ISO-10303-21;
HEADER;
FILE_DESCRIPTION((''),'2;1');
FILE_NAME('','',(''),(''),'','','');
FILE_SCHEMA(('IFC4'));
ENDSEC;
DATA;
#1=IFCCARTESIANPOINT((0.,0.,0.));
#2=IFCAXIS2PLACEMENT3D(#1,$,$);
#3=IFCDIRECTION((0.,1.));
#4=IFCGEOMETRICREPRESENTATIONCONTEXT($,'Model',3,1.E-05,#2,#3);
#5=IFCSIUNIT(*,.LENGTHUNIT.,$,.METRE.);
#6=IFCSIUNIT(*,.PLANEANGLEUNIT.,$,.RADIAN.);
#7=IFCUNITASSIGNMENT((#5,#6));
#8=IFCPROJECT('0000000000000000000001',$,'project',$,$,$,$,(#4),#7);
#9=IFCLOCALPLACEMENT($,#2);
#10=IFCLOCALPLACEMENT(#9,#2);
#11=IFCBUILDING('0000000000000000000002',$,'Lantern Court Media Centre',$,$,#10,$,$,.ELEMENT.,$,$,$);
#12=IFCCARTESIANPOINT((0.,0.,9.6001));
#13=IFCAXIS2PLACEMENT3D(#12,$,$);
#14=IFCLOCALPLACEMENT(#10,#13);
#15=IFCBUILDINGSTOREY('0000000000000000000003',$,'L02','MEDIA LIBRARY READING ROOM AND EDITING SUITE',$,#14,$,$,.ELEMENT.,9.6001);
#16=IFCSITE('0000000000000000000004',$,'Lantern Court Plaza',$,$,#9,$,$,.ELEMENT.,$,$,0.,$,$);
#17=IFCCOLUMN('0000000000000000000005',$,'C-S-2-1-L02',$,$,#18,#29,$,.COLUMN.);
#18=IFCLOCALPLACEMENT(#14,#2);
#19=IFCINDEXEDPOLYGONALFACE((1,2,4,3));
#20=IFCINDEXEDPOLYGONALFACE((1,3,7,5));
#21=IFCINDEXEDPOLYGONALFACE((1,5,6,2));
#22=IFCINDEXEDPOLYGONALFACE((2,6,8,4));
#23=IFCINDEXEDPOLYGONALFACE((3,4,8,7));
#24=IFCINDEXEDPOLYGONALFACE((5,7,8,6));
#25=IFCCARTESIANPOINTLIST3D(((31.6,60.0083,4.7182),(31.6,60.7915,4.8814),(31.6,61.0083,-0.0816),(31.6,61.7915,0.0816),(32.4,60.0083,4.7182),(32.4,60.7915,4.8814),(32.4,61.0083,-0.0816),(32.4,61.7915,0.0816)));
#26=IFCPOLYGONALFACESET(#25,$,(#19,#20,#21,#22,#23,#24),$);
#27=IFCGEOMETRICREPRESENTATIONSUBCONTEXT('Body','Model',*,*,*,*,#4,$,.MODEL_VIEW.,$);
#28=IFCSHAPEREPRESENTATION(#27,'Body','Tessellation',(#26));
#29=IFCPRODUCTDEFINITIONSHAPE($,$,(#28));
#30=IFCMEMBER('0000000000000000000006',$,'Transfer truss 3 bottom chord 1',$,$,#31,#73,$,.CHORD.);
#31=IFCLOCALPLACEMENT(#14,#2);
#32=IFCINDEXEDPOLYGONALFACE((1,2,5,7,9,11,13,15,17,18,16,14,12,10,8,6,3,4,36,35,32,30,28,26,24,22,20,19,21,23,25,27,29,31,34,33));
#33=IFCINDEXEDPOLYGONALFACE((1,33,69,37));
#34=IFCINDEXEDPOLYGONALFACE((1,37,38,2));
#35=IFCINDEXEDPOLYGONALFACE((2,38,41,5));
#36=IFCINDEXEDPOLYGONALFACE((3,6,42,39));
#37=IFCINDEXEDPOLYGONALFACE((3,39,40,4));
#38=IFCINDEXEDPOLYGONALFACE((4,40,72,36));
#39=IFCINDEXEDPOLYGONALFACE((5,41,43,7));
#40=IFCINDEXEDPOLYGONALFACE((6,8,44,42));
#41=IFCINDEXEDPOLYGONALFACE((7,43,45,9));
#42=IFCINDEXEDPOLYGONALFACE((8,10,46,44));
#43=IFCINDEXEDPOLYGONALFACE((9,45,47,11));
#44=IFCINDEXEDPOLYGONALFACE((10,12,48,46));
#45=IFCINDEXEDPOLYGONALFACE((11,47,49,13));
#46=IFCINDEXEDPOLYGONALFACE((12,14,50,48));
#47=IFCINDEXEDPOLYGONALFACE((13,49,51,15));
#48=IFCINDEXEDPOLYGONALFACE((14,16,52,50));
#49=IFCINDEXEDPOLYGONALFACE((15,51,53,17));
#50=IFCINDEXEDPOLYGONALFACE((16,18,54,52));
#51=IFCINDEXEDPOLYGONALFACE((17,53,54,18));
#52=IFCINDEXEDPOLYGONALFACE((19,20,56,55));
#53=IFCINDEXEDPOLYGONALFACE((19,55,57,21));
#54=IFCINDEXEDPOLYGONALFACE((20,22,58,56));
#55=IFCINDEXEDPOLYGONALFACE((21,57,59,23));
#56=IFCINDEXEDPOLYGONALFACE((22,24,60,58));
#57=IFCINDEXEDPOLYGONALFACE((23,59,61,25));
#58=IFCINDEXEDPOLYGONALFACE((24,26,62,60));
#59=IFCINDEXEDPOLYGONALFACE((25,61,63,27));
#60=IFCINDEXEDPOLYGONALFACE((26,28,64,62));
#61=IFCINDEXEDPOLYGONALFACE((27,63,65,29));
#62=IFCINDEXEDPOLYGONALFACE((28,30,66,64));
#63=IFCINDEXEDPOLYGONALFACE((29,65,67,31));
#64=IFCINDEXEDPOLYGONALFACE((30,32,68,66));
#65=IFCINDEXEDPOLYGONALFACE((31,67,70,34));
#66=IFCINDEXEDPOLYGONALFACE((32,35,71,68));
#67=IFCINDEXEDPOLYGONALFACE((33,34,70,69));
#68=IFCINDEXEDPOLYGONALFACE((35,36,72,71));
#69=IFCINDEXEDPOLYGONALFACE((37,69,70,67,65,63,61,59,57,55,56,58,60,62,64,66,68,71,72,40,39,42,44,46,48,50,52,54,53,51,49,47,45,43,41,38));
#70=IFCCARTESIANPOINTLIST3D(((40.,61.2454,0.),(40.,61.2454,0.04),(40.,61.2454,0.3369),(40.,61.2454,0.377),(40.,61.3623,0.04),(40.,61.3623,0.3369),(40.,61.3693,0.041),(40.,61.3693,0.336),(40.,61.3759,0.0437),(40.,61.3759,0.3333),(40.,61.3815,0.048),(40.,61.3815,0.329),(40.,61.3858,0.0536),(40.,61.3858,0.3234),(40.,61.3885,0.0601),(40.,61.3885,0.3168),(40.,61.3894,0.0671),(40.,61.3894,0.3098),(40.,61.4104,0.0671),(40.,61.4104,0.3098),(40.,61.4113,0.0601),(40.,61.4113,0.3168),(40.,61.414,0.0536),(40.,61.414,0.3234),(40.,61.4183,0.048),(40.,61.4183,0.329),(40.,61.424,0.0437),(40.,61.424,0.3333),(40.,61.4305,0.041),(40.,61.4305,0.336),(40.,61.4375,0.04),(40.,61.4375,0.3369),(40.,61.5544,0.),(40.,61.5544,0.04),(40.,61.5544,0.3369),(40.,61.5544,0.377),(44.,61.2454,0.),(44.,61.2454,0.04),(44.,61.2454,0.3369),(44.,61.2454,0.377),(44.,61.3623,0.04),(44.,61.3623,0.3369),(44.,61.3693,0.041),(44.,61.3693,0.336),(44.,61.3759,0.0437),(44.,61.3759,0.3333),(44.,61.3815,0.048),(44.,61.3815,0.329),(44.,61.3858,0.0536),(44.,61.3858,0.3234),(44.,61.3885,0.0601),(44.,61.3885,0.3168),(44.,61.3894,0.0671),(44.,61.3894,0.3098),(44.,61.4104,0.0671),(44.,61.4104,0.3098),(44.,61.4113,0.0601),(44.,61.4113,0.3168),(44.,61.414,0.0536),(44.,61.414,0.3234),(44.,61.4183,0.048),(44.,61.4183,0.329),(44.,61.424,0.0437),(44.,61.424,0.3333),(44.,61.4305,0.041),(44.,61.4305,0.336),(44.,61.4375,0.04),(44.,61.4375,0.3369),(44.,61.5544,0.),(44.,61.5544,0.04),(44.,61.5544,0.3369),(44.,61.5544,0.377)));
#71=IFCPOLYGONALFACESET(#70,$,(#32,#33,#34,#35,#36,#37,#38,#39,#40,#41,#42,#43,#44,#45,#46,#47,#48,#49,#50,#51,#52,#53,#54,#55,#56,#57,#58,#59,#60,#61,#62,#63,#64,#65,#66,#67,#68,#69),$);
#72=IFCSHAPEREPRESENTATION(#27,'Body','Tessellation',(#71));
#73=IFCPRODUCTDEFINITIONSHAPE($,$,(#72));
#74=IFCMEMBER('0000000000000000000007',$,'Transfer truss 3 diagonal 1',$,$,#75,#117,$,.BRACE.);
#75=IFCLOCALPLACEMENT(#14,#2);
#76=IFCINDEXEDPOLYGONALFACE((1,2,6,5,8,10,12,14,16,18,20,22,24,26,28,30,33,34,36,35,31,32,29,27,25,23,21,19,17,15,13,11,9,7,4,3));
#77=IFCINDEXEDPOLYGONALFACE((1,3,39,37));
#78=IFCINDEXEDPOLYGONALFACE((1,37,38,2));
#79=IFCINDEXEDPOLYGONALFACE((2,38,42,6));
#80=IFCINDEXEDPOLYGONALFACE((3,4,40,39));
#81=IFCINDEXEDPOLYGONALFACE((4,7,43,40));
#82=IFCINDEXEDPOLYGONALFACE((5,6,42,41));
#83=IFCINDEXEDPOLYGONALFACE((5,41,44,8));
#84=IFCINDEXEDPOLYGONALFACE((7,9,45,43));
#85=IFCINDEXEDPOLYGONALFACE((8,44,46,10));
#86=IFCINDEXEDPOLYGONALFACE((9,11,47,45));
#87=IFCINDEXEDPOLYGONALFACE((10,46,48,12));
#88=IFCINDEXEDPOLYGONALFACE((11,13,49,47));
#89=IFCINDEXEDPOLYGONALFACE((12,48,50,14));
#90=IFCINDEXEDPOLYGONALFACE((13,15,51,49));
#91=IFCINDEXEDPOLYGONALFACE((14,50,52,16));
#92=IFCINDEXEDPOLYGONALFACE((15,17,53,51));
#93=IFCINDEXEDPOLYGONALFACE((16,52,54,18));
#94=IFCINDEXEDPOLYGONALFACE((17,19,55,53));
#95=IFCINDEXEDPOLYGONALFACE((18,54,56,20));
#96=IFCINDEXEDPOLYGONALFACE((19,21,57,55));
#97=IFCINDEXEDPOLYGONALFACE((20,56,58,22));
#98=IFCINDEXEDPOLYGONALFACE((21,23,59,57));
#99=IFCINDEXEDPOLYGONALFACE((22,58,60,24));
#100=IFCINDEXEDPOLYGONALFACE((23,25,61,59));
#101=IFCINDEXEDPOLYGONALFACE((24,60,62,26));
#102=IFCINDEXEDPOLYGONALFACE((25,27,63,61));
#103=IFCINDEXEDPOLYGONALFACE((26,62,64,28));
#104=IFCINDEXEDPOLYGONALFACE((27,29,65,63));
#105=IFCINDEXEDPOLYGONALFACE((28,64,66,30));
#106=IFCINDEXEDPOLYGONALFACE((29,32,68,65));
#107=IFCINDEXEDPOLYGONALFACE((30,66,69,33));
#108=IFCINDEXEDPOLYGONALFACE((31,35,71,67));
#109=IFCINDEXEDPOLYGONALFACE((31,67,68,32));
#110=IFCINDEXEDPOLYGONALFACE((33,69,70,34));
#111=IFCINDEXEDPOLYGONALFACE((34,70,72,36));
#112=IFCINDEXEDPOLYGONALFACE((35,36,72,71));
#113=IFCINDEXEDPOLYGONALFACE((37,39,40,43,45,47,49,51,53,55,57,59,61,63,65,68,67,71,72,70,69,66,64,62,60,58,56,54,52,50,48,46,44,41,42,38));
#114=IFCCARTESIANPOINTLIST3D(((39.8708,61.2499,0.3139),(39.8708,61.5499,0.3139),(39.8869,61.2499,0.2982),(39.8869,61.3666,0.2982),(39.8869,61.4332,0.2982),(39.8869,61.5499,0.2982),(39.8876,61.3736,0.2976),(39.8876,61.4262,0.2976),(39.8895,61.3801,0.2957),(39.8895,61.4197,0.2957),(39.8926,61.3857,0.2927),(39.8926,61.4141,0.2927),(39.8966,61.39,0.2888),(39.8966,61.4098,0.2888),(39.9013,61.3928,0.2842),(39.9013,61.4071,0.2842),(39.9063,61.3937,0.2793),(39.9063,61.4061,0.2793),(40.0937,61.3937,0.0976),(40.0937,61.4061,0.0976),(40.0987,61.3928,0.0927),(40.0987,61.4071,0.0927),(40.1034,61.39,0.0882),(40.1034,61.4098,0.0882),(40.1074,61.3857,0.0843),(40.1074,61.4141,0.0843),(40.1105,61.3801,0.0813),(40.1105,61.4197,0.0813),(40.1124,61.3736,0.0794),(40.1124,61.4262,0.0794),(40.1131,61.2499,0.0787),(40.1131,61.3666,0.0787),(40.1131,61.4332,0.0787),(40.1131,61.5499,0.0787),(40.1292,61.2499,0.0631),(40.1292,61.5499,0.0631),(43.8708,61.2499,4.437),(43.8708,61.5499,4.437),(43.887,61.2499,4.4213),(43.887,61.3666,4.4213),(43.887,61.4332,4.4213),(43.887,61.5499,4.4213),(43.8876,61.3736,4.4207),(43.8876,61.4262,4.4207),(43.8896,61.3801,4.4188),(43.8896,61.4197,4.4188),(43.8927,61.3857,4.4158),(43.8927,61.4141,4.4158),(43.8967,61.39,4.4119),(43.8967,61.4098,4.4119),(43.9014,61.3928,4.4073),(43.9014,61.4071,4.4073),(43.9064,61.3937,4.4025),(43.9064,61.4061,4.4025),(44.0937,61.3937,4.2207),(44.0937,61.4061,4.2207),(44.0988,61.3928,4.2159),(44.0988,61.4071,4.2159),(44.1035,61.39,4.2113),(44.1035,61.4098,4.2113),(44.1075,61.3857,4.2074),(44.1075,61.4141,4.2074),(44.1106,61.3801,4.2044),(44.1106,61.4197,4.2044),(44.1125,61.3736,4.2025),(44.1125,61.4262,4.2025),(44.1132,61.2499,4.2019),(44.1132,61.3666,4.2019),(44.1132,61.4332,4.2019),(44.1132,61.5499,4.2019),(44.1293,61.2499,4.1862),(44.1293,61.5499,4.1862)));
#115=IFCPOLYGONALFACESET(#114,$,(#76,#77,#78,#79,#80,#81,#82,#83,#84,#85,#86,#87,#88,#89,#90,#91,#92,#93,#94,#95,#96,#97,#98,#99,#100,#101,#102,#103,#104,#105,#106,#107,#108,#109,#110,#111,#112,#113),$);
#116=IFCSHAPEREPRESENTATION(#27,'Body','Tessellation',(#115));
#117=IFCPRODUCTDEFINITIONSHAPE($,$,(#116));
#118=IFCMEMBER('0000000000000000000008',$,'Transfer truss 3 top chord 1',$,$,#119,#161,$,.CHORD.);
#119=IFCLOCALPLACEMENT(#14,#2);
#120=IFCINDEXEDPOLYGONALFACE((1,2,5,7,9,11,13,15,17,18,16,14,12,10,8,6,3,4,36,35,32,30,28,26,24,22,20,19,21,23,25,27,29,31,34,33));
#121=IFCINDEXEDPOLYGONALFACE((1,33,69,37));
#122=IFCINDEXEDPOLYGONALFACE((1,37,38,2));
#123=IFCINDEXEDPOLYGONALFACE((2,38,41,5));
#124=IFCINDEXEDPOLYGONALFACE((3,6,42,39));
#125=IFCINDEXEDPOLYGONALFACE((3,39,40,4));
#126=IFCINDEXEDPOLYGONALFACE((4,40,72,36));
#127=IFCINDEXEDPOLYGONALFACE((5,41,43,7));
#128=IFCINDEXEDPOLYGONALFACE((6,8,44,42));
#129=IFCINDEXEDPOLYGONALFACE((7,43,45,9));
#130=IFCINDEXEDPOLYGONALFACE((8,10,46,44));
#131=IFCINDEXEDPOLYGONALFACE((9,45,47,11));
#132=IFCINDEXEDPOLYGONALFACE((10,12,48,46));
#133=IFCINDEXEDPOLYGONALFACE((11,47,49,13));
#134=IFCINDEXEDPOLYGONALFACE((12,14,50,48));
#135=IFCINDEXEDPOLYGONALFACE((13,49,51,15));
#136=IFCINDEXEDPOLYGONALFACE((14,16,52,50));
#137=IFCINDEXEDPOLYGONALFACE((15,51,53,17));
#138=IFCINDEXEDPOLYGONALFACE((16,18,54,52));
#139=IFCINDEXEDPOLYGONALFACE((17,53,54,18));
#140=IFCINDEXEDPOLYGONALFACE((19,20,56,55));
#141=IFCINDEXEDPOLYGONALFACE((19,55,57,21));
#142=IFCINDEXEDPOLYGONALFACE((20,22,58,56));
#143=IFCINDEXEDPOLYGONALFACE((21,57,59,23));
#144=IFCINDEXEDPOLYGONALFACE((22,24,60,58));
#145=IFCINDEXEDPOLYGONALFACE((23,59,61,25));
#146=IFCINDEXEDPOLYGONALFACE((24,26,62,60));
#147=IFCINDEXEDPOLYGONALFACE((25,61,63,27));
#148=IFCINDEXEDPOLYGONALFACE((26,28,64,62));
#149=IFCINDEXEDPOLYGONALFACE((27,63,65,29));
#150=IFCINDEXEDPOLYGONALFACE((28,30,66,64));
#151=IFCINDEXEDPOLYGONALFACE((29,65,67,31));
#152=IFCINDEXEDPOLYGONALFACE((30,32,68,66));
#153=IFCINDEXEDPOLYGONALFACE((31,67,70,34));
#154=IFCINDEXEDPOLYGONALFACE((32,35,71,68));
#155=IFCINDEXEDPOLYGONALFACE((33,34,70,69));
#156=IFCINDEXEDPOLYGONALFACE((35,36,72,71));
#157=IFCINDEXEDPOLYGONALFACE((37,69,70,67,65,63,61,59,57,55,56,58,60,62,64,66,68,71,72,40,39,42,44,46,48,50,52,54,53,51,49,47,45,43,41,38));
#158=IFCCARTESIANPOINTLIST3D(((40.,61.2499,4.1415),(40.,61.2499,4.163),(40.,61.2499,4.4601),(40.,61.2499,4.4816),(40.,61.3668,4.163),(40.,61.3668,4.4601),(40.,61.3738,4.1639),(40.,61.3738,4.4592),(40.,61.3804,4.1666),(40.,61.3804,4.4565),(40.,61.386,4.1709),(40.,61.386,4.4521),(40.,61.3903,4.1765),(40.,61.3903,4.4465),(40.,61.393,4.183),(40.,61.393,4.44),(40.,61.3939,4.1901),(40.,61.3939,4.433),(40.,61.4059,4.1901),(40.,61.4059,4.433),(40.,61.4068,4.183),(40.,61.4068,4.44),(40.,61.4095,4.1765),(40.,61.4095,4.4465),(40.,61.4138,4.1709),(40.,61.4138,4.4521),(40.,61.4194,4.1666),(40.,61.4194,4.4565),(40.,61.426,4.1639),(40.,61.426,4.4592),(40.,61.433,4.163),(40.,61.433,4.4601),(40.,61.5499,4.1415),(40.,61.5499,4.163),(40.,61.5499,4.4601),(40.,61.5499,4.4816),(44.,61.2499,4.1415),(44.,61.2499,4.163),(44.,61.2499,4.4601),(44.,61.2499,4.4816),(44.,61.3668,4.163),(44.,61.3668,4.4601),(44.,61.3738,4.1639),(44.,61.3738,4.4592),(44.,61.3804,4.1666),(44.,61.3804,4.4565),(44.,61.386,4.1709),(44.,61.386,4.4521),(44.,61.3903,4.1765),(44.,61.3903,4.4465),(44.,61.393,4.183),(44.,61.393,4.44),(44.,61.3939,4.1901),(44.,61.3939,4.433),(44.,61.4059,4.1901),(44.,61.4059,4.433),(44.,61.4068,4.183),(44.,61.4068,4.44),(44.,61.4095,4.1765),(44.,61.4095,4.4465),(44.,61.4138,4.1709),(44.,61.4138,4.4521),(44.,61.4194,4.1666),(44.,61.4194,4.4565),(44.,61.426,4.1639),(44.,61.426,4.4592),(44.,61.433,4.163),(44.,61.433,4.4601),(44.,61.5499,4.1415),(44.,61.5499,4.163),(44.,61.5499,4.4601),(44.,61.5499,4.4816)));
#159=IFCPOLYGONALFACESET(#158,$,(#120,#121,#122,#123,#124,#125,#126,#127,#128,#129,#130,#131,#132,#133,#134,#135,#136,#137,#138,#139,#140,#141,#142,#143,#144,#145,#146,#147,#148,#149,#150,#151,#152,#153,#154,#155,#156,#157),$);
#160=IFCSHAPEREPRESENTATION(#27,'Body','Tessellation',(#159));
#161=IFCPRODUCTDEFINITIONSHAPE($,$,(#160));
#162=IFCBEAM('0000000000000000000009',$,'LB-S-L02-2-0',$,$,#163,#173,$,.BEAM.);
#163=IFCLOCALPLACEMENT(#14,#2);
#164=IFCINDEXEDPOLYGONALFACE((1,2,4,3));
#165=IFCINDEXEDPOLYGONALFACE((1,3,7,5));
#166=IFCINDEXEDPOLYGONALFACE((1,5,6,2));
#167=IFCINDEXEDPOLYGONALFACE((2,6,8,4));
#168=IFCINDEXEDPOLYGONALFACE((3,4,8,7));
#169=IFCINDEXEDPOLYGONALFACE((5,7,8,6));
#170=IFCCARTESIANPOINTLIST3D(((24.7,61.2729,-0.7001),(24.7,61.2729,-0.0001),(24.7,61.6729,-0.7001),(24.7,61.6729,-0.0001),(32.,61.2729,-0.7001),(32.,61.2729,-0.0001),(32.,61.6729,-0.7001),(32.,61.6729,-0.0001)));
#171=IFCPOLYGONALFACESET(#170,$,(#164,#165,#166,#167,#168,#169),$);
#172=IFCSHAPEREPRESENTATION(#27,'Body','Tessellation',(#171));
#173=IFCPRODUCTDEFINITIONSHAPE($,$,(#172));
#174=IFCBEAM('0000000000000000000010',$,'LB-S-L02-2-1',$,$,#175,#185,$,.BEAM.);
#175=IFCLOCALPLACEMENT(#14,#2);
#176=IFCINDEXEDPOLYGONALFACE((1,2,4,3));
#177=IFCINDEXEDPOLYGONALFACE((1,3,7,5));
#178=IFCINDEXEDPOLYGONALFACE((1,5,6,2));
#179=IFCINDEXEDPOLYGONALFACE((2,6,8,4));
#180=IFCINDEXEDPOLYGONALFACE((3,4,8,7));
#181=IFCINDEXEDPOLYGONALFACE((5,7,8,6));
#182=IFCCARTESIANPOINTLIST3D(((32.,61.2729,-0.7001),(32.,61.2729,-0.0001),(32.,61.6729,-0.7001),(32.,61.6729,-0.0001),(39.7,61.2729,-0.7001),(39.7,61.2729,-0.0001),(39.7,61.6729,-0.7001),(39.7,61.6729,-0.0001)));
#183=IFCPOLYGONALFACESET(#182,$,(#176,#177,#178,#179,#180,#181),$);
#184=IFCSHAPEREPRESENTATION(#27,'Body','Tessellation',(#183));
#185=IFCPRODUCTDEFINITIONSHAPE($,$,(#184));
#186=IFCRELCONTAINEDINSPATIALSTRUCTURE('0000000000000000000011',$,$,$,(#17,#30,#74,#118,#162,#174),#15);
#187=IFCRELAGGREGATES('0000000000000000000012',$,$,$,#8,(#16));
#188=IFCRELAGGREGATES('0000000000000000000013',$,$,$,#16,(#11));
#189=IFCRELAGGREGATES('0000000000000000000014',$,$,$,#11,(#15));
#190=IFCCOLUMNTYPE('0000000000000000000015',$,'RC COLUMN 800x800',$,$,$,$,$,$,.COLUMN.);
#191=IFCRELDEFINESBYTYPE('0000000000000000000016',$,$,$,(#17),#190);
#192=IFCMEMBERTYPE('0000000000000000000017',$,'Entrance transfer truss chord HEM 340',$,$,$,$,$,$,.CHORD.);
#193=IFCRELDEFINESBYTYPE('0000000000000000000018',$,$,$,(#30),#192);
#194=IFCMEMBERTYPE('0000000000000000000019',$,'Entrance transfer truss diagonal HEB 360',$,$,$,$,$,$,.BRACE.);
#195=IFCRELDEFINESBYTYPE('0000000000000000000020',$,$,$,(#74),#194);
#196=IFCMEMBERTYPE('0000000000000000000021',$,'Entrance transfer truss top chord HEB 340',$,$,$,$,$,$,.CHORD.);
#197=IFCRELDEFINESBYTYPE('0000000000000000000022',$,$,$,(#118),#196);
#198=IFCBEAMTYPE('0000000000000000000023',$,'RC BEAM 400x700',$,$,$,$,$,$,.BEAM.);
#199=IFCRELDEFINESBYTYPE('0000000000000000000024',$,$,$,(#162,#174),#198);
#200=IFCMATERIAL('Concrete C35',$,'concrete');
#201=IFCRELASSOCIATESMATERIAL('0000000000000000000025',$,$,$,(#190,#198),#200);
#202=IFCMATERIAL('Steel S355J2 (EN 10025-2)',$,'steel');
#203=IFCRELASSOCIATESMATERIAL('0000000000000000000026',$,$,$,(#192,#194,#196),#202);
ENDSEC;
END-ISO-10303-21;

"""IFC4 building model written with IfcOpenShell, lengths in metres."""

from ifc_helpers import new_model, si_unit, direction, frame, origin, origin_2d, place, context, subcontext, project, spatial, rectangle, i_section, extrude, material, material_profile, profile_set, type_object, element, save


model = new_model("IFC4")

# Units and contexts
model_context = context("Model", 3, precision=1e-05, world=origin(), true_north=direction((0.0, 1.0)))
body_context = subcontext(model_context, "Body", "Model", "MODEL_VIEW")
ifc_project = project(units=[si_unit("LENGTHUNIT", "METRE"), si_unit("PLANEANGLEUNIT", "RADIAN")], contexts=[model_context])

# Site, building, storey
site_placement = place(None, origin())
site = spatial("IfcSite", under=ifc_project, at=site_placement, Name="Lantern Court Plaza", CompositionType="ELEMENT", RefElevation=0.0)
building_placement = place(site_placement, origin())
building = spatial("IfcBuilding", under=site, at=building_placement, Name="Lantern Court Media Centre", CompositionType="ELEMENT")
storey_placement = place(building_placement, frame((0.0, 0.0, 9.6001)))
storey = spatial("IfcBuildingStorey", under=building, at=storey_placement, Name="L02", Description="MEDIA LIBRARY READING ROOM AND EDITING SUITE", CompositionType="ELEMENT", Elevation=9.6001)

# Column
ifc_material_1 = material(Name="Concrete C35", Category="concrete")
ifc_material_profile_1 = material_profile(ifc_material_1, rectangle(XDim=0.8, YDim=0.8, at=origin_2d()), Name="RC 800x800")
ifc_profile_set_1 = profile_set([ifc_material_profile_1], Name="Concrete C35")
column_type = type_object("IfcColumnType", Name="RC COLUMN 800x800", PredefinedType="COLUMN", material=ifc_profile_set_1)
column_placement = place(storey_placement, frame((32.0, 61.3999, 0.0), z_axis=(0.0, -0.203962, 0.978979), x_axis=(1.0, 0.0, 0.0)))
element("IfcColumn", 1, at=column_placement, inside=storey, type_object=column_type, Name="C-S-2-1-L02", PredefinedType="COLUMN", context=body_context, shape_type="SweptSolid", body=[
    extrude(rectangle(XDim=0.8, YDim=0.8, at=origin_2d()), origin(), (0.0, 0.0, 1.0), 4.9028),
])

# Members
ifc_material_2 = material(Name="Steel S355J2 (EN 10025-2)", Category="steel")
ifc_material_profile_2 = material_profile(ifc_material_2, i_section(OverallWidth=0.3091, OverallDepth=0.377, WebThickness=0.021, FlangeThickness=0.04, FilletRadius=0.0271, at=origin_2d()), Name="HEM 340")
ifc_profile_set_2 = profile_set([ifc_material_profile_2], Name="Steel S355J2 (EN 10025-2)")
member_type_1 = type_object("IfcMemberType", Name="Entrance transfer truss chord HEM 340", PredefinedType="CHORD", material=ifc_profile_set_2)
member_1_placement = place(storey_placement, frame((40.0, 61.3999, 0.1885), z_axis=(1.0, 0.0, 0.0), x_axis=(0.0, 1.0, 0.0)))
element("IfcMember", 2, at=member_1_placement, inside=storey, type_object=member_type_1, Name="Transfer truss 3 bottom chord 1", PredefinedType="CHORD", context=body_context, shape_type="SweptSolid", body=[
    extrude(i_section(OverallWidth=0.3091, OverallDepth=0.377, WebThickness=0.021, FlangeThickness=0.04, FilletRadius=0.0271, at=origin_2d()), origin(), (0.0, 0.0, 1.0), 4.0),
])
ifc_material_profile_3 = material_profile(ifc_material_2, i_section(OverallWidth=0.3, OverallDepth=0.3601, WebThickness=0.0125, FlangeThickness=0.0225, FilletRadius=0.0271, at=origin_2d()), Name="HEB 360")
ifc_profile_set_3 = profile_set([ifc_material_profile_3], Name="Steel S355J2 (EN 10025-2)")
member_type_2 = type_object("IfcMemberType", Name="Entrance transfer truss diagonal HEB 360", PredefinedType="BRACE", material=ifc_profile_set_3)
member_2_placement = place(storey_placement, frame((40.0, 61.3999, 0.1885), z_axis=(0.696316, 0.0, 0.717736), x_axis=(0.0, 1.0, 0.0)))
element("IfcMember", 3, at=member_2_placement, inside=storey, type_object=member_type_2, Name="Transfer truss 3 diagonal 1", PredefinedType="BRACE", context=body_context, shape_type="SweptSolid", body=[
    extrude(i_section(OverallWidth=0.3, OverallDepth=0.3601, WebThickness=0.0125, FlangeThickness=0.0225, FilletRadius=0.0271, at=origin_2d()), origin(), (0.0, 0.0, 1.0), 5.7446),
])
ifc_material_profile_4 = material_profile(ifc_material_2, i_section(OverallWidth=0.3, OverallDepth=0.3401, WebThickness=0.012, FlangeThickness=0.0215, FilletRadius=0.0271, at=origin_2d()), Name="HEB 340")
ifc_profile_set_4 = profile_set([ifc_material_profile_4], Name="Steel S355J2 (EN 10025-2)")
member_type_3 = type_object("IfcMemberType", Name="Entrance transfer truss top chord HEB 340", PredefinedType="CHORD", material=ifc_profile_set_4)
member_3_placement = place(storey_placement, frame((40.0, 61.3999, 4.3115), z_axis=(1.0, 0.0, 0.0), x_axis=(0.0, 1.0, 0.0)))
element("IfcMember", 4, at=member_3_placement, inside=storey, type_object=member_type_3, Name="Transfer truss 3 top chord 1", PredefinedType="CHORD", context=body_context, shape_type="SweptSolid", body=[
    extrude(i_section(OverallWidth=0.3, OverallDepth=0.3401, WebThickness=0.012, FlangeThickness=0.0215, FilletRadius=0.0271, at=origin_2d()), origin(), (0.0, 0.0, 1.0), 4.0),
])

# Beams
ifc_material_profile_5 = material_profile(ifc_material_1, rectangle(XDim=0.3999, YDim=0.7, at=origin_2d()), Name="RC 400x700")
ifc_profile_set_5 = profile_set([ifc_material_profile_5], Name="Concrete C35")
beam_type = type_object("IfcBeamType", Name="RC BEAM 400x700", PredefinedType="BEAM", material=ifc_profile_set_5)
beam_1_placement = place(storey_placement, frame((24.7, 61.4729, -0.3501), z_axis=(1.0, 0.0, 0.0), x_axis=(0.0, 1.0, 0.0)))
element("IfcBeam", 5, at=beam_1_placement, inside=storey, type_object=beam_type, Name="LB-S-L02-2-0", PredefinedType="BEAM", context=body_context, shape_type="SweptSolid", body=[
    extrude(rectangle(XDim=0.3999, YDim=0.7, at=origin_2d()), origin(), (0.0, 0.0, 1.0), 7.3),
])
beam_2_placement = place(storey_placement, frame((32.0, 61.4729, -0.3501), z_axis=(1.0, 0.0, 0.0), x_axis=(0.0, 1.0, 0.0)))
element("IfcBeam", 6, at=beam_2_placement, inside=storey, type_object=beam_type, Name="LB-S-L02-2-1", PredefinedType="BEAM", context=body_context, shape_type="SweptSolid", body=[
    extrude(rectangle(XDim=0.3999, YDim=0.7, at=origin_2d()), origin(), (0.0, 0.0, 1.0), 7.7),
])

save(model, "model.ifc")
